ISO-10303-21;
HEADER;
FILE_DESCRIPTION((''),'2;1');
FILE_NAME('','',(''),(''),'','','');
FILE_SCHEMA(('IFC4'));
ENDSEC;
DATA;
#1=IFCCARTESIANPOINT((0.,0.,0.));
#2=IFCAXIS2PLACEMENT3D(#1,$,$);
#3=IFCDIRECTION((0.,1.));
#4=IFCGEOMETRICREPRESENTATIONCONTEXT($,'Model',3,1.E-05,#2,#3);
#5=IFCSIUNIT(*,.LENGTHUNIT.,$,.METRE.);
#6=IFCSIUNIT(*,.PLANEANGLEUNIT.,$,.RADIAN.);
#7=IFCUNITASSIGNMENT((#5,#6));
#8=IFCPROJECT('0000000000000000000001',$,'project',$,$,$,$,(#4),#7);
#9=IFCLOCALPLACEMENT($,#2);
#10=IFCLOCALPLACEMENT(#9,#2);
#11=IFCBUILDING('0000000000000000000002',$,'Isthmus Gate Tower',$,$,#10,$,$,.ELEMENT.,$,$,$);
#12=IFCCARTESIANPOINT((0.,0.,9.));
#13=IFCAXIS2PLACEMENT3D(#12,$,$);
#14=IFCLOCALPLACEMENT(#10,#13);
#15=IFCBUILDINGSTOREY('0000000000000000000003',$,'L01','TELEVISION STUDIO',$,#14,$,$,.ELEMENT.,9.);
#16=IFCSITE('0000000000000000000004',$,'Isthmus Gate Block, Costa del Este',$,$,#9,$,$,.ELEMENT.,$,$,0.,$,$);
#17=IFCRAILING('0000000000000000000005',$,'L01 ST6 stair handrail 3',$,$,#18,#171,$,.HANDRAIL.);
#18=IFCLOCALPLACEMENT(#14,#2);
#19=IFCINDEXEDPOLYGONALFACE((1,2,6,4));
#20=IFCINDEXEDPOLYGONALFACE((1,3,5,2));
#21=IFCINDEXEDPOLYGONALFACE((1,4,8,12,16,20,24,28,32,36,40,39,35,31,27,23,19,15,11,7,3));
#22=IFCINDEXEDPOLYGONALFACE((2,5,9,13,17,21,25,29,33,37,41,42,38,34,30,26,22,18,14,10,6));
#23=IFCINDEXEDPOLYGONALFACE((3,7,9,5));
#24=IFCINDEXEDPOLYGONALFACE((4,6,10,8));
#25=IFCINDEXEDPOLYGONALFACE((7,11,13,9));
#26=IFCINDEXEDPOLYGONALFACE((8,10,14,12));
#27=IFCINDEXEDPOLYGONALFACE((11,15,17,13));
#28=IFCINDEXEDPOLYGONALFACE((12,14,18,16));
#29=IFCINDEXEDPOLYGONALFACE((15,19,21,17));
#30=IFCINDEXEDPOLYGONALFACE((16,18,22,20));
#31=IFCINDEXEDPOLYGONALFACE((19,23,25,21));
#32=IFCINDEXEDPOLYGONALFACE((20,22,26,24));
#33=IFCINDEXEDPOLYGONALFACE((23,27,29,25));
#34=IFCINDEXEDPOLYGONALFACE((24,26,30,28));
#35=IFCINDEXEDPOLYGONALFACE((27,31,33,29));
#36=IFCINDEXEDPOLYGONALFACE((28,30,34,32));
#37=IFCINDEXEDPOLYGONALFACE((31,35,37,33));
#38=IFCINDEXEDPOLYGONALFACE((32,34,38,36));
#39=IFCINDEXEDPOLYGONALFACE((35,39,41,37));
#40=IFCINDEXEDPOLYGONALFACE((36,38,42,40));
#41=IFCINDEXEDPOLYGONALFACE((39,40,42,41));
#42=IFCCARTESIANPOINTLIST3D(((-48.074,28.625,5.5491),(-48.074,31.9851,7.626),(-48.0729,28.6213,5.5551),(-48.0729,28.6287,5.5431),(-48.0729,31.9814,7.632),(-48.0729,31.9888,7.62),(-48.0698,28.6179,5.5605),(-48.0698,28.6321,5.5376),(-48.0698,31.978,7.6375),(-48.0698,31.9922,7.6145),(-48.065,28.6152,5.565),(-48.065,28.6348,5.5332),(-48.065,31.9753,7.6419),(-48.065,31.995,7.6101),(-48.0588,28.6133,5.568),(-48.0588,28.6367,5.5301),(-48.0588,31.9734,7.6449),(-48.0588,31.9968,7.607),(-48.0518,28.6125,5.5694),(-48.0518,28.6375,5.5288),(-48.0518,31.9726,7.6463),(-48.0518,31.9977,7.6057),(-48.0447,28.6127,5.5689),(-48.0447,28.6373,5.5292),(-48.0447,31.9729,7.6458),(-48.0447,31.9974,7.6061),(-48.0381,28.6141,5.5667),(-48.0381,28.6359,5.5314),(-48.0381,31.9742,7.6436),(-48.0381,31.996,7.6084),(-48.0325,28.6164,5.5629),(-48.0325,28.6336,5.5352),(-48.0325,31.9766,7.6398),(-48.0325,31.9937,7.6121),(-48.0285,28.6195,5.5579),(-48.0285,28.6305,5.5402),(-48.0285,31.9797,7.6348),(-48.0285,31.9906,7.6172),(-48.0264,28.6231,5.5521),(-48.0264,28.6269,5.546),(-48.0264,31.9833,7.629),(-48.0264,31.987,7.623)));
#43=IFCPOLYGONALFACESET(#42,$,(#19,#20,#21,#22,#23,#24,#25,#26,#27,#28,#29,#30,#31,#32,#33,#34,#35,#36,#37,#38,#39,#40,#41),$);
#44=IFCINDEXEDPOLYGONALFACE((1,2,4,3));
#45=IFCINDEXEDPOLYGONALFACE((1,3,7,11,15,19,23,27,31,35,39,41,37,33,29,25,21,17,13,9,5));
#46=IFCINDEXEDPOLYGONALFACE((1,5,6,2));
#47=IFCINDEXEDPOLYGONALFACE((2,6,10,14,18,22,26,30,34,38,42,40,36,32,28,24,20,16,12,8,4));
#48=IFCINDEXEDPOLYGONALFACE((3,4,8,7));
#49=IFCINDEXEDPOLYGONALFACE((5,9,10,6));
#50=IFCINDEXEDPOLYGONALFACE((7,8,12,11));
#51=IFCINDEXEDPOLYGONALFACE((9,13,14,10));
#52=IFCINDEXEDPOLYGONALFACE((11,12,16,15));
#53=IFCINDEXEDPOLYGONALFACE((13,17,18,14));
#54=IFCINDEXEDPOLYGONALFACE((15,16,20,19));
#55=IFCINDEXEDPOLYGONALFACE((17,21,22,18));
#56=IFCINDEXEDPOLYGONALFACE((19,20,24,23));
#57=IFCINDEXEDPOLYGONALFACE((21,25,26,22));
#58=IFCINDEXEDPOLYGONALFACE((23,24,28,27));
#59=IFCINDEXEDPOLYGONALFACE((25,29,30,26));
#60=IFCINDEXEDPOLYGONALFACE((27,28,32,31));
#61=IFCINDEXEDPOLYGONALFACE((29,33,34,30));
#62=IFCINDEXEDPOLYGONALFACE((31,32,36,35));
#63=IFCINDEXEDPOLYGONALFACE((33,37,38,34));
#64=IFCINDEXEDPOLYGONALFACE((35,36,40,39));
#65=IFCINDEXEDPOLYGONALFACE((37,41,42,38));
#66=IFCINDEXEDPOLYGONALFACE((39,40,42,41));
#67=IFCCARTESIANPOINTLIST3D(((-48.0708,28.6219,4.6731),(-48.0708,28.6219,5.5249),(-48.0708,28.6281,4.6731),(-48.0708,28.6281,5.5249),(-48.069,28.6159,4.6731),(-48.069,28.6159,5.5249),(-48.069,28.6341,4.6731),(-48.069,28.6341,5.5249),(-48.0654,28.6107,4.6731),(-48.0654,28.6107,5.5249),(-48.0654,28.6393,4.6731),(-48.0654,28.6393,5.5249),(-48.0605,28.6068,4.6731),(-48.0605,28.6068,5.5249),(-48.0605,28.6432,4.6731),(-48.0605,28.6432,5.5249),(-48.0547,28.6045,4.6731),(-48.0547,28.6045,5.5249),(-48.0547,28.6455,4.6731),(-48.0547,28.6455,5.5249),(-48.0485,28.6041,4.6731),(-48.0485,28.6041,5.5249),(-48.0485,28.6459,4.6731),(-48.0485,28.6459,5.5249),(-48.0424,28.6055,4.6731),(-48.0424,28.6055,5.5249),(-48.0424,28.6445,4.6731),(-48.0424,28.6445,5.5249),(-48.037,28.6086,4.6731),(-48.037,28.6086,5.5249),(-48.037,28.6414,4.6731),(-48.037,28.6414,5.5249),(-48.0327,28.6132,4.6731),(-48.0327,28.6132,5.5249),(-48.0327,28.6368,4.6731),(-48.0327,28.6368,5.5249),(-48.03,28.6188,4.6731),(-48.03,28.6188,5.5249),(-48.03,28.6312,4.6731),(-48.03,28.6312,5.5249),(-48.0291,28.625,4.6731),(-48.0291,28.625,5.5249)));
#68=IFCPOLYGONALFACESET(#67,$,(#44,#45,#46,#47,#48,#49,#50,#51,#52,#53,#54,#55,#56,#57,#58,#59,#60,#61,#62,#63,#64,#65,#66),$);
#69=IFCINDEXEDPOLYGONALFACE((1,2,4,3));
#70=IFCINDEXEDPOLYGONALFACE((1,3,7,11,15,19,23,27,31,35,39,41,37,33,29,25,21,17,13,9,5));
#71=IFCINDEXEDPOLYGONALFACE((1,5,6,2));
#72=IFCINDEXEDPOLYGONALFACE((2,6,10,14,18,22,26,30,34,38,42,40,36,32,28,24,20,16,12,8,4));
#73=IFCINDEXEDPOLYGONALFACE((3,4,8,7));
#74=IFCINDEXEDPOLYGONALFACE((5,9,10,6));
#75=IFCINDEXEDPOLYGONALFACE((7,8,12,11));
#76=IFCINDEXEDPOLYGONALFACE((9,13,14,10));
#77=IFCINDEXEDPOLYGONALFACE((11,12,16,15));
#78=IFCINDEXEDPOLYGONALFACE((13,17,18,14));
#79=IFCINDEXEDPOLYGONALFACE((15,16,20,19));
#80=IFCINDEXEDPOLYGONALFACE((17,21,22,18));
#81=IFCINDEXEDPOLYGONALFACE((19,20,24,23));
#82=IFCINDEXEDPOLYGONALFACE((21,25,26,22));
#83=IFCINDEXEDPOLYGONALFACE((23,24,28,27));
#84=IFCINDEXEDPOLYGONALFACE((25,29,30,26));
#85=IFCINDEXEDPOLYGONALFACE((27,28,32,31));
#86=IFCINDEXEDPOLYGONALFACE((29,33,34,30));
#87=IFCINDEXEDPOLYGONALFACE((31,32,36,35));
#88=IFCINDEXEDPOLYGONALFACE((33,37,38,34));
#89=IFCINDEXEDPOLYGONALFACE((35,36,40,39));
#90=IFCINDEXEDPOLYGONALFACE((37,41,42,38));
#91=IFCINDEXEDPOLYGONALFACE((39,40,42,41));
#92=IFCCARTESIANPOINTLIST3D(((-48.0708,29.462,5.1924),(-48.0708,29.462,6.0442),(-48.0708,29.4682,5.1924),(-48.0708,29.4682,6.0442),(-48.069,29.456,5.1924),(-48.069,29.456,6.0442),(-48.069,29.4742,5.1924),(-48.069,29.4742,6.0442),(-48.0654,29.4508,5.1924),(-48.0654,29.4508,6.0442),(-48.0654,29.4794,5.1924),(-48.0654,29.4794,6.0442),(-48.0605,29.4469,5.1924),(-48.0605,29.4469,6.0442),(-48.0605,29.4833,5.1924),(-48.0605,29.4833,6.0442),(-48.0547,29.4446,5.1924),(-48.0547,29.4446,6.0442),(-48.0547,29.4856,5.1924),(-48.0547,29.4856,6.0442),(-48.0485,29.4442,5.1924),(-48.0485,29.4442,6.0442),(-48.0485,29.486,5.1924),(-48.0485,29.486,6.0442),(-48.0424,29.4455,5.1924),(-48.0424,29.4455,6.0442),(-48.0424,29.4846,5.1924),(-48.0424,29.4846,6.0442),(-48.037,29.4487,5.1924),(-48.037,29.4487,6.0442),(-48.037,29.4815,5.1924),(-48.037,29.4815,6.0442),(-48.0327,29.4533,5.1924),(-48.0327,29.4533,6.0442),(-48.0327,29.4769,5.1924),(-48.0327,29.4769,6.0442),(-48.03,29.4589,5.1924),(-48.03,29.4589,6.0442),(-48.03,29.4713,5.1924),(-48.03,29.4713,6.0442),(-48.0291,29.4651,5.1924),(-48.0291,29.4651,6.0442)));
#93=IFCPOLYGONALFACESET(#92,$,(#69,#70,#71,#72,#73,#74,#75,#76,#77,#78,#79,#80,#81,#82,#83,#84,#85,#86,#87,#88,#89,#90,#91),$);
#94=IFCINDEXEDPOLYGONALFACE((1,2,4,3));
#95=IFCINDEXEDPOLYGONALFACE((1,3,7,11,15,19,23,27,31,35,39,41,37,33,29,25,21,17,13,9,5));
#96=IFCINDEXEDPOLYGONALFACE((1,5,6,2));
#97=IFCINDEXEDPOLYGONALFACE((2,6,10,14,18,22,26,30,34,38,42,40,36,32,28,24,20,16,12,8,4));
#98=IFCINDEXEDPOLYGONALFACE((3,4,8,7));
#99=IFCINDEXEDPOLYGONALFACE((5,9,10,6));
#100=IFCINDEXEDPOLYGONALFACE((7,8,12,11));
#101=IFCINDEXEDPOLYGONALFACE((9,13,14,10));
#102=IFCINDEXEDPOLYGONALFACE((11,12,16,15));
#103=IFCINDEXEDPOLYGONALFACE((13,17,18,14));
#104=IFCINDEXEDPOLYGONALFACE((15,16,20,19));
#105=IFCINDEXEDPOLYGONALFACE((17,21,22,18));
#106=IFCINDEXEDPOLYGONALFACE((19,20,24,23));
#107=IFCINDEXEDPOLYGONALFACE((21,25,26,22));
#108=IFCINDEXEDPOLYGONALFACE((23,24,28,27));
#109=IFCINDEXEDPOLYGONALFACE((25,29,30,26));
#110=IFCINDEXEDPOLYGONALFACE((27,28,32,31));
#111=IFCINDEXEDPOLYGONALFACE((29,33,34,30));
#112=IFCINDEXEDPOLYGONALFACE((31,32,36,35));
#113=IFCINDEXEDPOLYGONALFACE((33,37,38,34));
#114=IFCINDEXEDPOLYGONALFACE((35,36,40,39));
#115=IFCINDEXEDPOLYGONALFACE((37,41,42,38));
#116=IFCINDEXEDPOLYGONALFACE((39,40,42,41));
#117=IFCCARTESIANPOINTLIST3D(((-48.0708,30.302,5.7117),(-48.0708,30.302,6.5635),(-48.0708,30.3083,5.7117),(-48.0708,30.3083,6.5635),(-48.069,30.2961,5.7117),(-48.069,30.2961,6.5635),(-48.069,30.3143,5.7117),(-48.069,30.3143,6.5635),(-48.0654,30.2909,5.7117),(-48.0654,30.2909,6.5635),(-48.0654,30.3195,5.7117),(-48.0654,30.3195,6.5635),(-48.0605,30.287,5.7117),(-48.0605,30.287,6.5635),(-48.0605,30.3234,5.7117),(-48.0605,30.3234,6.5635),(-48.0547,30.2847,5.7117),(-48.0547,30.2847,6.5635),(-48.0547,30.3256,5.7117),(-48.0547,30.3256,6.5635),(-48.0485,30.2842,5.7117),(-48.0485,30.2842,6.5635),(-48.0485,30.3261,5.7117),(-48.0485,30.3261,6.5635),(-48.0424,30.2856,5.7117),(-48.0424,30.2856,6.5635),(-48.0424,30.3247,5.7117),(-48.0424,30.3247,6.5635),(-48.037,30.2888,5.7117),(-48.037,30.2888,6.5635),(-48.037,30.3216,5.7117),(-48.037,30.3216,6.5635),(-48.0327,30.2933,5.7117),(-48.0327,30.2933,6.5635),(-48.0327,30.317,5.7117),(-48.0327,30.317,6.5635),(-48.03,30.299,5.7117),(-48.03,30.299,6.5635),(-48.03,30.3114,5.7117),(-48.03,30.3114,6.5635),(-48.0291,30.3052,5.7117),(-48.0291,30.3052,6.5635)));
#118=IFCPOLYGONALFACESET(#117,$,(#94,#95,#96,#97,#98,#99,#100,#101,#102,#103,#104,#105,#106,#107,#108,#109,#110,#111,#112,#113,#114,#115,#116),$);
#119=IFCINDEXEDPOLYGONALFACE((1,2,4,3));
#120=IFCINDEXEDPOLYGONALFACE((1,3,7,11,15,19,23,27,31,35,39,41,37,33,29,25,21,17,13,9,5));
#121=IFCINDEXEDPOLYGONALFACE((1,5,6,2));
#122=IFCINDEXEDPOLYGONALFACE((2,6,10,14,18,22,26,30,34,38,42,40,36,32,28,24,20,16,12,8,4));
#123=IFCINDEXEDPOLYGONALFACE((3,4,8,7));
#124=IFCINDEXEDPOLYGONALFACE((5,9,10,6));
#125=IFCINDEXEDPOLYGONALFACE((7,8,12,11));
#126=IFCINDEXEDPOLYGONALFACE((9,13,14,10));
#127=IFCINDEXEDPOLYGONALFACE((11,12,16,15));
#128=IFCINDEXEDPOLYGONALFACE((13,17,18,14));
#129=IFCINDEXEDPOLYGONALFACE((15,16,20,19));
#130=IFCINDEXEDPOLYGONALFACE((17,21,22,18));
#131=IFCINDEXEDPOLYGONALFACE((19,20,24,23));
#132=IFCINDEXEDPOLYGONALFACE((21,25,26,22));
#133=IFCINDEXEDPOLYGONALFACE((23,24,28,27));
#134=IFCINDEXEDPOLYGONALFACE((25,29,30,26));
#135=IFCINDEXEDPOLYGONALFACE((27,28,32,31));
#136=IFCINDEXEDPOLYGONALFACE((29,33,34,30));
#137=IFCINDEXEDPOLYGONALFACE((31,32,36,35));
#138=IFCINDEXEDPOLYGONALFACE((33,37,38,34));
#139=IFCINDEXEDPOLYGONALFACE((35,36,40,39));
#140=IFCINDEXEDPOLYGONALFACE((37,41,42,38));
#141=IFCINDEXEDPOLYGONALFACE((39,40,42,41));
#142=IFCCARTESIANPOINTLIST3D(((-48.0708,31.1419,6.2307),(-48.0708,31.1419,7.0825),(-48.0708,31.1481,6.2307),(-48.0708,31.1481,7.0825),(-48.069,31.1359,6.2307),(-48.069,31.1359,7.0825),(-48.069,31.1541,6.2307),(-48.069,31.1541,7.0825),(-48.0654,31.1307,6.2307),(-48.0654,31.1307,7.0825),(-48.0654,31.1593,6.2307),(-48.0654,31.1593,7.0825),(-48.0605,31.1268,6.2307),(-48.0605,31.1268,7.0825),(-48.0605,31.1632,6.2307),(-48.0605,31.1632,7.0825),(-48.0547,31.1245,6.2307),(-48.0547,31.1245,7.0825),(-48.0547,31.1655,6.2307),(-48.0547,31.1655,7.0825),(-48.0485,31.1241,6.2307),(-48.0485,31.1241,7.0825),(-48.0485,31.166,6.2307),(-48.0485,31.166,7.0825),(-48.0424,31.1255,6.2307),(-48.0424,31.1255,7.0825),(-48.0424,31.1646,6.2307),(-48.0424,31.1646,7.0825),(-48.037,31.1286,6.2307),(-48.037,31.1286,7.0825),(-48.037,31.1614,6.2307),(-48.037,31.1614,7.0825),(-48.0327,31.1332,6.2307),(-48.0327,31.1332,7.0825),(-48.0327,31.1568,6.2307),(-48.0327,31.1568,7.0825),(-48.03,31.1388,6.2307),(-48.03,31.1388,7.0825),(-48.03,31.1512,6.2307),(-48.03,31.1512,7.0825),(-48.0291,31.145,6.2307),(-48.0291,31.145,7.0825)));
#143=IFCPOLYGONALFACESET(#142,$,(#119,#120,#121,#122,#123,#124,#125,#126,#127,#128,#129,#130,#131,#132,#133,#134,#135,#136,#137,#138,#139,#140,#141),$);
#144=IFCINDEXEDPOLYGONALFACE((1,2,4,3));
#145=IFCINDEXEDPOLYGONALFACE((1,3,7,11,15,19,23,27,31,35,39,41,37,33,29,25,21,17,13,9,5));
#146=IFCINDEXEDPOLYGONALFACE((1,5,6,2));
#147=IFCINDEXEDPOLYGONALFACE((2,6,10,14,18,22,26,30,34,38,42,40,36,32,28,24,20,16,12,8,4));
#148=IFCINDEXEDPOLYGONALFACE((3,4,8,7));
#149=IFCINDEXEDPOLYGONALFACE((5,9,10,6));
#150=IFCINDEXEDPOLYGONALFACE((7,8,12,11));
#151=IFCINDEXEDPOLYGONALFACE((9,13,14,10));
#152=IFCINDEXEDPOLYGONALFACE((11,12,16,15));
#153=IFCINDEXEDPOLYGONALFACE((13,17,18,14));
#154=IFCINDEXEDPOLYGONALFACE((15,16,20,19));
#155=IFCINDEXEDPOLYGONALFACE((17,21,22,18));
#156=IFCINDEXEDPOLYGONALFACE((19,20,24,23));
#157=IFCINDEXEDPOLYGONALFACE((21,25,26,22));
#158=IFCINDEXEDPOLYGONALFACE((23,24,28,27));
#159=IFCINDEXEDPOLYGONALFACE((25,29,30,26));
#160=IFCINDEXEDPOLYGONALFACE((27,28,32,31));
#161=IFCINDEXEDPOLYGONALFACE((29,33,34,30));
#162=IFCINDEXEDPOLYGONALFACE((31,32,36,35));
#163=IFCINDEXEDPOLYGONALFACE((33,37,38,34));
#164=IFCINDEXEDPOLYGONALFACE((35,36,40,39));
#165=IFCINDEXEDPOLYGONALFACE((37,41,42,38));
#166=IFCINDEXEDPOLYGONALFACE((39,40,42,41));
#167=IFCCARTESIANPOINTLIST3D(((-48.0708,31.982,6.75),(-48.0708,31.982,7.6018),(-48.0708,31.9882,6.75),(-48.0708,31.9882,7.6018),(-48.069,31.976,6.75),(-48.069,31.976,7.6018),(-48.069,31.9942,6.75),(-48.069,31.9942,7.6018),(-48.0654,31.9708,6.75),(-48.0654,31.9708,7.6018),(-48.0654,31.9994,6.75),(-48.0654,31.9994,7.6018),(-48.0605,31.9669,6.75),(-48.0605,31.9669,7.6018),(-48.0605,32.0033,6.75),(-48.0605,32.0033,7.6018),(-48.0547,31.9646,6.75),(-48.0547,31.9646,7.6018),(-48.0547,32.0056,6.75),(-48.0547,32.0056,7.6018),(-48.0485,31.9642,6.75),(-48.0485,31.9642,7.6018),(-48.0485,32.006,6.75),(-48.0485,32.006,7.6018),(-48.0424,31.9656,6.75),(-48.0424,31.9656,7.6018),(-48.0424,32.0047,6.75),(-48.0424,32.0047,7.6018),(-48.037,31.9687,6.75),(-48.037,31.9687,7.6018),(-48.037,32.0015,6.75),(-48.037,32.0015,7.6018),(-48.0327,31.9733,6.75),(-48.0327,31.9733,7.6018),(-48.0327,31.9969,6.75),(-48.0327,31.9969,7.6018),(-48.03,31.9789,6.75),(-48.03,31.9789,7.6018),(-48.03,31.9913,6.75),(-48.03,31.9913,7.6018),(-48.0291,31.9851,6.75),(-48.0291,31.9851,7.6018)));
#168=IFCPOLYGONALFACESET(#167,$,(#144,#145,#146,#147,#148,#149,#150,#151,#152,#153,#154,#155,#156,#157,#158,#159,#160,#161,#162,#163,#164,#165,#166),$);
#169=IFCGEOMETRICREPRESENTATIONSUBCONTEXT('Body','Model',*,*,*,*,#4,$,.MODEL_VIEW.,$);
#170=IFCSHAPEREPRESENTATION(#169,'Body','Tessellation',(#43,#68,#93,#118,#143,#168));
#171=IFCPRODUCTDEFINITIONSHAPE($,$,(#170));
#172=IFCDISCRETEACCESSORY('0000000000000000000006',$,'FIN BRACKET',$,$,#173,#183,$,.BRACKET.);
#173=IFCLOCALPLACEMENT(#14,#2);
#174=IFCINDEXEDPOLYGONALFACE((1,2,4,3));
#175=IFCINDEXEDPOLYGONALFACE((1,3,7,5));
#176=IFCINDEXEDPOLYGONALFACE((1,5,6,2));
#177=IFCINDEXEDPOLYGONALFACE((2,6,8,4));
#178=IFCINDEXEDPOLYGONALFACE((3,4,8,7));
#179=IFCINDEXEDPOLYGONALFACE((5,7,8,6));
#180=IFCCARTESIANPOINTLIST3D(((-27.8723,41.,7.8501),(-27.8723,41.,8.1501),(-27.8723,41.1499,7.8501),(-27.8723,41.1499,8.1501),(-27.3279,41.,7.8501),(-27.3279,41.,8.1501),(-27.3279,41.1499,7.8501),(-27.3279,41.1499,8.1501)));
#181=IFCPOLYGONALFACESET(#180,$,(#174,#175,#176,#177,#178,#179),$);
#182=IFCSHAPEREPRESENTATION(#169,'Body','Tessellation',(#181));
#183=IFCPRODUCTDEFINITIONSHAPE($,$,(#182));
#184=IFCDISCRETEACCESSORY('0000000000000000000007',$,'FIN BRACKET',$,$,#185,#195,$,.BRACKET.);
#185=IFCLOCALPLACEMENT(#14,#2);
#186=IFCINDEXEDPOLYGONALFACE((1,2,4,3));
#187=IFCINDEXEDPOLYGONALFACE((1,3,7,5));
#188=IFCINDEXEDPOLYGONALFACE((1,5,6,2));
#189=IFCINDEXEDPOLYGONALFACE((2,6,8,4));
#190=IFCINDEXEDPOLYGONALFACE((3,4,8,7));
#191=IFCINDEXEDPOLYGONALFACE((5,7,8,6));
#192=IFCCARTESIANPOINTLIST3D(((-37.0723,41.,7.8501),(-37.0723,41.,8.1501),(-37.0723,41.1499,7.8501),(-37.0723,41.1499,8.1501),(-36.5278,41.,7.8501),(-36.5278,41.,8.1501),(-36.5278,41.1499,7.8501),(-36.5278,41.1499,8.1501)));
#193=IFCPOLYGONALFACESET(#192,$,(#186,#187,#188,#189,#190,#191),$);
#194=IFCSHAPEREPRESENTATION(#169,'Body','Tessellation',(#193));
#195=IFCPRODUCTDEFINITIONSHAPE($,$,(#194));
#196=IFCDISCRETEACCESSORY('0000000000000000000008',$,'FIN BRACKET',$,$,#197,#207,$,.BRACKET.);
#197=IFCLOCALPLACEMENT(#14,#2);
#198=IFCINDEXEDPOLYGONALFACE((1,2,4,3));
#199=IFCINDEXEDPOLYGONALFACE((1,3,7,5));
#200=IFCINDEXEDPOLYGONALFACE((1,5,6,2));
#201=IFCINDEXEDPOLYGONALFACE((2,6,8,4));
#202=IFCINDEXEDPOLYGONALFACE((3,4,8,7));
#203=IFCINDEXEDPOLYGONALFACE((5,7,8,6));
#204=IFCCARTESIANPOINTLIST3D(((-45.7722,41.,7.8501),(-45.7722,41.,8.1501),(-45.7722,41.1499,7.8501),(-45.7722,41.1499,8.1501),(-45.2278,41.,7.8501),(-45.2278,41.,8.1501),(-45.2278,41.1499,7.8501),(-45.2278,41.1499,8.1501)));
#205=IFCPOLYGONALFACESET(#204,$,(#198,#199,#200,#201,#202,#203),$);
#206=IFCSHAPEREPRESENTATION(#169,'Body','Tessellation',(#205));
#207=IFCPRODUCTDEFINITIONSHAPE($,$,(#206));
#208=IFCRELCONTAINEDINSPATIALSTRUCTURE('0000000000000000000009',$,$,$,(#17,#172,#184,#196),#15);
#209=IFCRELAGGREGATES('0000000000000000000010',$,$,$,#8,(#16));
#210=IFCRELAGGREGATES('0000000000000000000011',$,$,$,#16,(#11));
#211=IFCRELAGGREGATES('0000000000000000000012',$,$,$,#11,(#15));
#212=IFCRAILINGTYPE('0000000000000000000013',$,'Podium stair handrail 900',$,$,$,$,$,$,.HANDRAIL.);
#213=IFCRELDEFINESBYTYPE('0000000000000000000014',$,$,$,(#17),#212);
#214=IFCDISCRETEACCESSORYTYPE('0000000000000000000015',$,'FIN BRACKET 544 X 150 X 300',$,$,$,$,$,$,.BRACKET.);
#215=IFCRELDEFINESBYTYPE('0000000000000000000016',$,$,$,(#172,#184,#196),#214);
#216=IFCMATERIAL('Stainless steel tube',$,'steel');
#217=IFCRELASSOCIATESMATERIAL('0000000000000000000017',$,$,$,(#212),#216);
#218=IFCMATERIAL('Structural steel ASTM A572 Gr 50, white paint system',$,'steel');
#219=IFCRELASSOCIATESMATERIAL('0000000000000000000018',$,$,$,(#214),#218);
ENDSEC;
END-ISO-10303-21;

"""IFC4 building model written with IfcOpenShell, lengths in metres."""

from ifc_helpers import new_model, si_unit, direction, frame, origin, origin_2d, place, context, subcontext, project, spatial, rectangle, circle, extrude, material, type_object, element, save


model = new_model("IFC4")

# Units and contexts
model_context = context("Model", 3, precision=1e-05, world=origin(), true_north=direction((0.0, 1.0)))
body_context = subcontext(model_context, "Body", "Model", "MODEL_VIEW")
ifc_project = project(units=[si_unit("LENGTHUNIT", "METRE"), si_unit("PLANEANGLEUNIT", "RADIAN")], contexts=[model_context])

# Site, building, storey
site_placement = place(None, origin())
site = spatial("IfcSite", under=ifc_project, at=site_placement, Name="Isthmus Gate Block, Costa del Este", CompositionType="ELEMENT", RefElevation=0.0)
building_placement = place(site_placement, origin())
building = spatial("IfcBuilding", under=site, at=building_placement, Name="Isthmus Gate Tower", CompositionType="ELEMENT")
storey_placement = place(building_placement, frame((0.0, 0.0, 9.0)))
storey = spatial("IfcBuildingStorey", under=building, at=storey_placement, Name="L01", Description="TELEVISION STUDIO", CompositionType="ELEMENT", Elevation=9.0)

# Railing
ifc_material_1 = material(Name="Stainless steel tube", Category="steel")
railing_type = type_object("IfcRailingType", Name="Podium stair handrail 900", PredefinedType="HANDRAIL", material=ifc_material_1)
for number, where, name in (
    (1, (-48.05, 28.625, 4.6731), "L01 ST6 stair handrail 3"),
):
    element("IfcRailing", number, at=place(storey_placement, frame(where)), inside=storey, type_object=railing_type, Name=name, PredefinedType="HANDRAIL", context=body_context, shape_type="SweptSolid", body=[
        extrude(circle(Radius=0.0239, at=origin_2d()), frame((0.0, 0.0, 0.876), z_axis=(0.0, 0.850623, 0.525776), x_axis=(-1.0, 0.0, 0.0)), (0.0, 0.0, 1.0), 3.9502),
        extrude(circle(Radius=0.021, at=origin_2d()), origin(), (0.0, 0.0, 1.0), 0.8518),
        extrude(circle(Radius=0.021, at=origin_2d()), frame((0.0, 0.8401, 0.5193)), (0.0, 0.0, 1.0), 0.8518),
        extrude(circle(Radius=0.021, at=origin_2d()), frame((0.0, 1.6802, 1.0386)), (0.0, 0.0, 1.0), 0.8518),
        extrude(circle(Radius=0.021, at=origin_2d()), frame((0.0, 2.52, 1.5576)), (0.0, 0.0, 1.0), 0.8518),
        extrude(circle(Radius=0.021, at=origin_2d()), frame((0.0, 3.3601, 2.0769)), (0.0, 0.0, 1.0), 0.8518),
    ])

# Discrete accessories
ifc_material_2 = material(Name="Structural steel ASTM A572 Gr 50, white paint system", Category="steel")
discrete_accessory_type_1 = type_object("IfcDiscreteAccessoryType", Name="FIN BRACKET 544 X 150 X 300", PredefinedType="BRACKET", material=ifc_material_2)
for number, where, z_axis, x_axis, name in (
    (2, (-27.6001, 41.075, 7.8501), (0.0, 0.0, 1.0), (0.0, 1.0, 0.0), "FIN BRACKET"),
    (3, (-36.8, 41.075, 7.8501), (0.0, 0.0, 1.0), (0.0, 1.0, 0.0), "FIN BRACKET"),
    (4, (-45.5, 41.075, 7.8501), (0.0, 0.0, 1.0), (0.0, 1.0, 0.0), "FIN BRACKET"),
):
    element("IfcDiscreteAccessory", number, at=place(storey_placement, frame(where, z_axis=z_axis, x_axis=x_axis)), inside=storey, type_object=discrete_accessory_type_1, Name=name, PredefinedType="BRACKET", context=body_context, shape_type="SweptSolid", body=[
        extrude(rectangle(XDim=0.1499, YDim=0.5444, at=origin_2d()), origin(), (0.0, 0.0, 1.0), 0.3),
    ])

save(model, "model.ifc")
